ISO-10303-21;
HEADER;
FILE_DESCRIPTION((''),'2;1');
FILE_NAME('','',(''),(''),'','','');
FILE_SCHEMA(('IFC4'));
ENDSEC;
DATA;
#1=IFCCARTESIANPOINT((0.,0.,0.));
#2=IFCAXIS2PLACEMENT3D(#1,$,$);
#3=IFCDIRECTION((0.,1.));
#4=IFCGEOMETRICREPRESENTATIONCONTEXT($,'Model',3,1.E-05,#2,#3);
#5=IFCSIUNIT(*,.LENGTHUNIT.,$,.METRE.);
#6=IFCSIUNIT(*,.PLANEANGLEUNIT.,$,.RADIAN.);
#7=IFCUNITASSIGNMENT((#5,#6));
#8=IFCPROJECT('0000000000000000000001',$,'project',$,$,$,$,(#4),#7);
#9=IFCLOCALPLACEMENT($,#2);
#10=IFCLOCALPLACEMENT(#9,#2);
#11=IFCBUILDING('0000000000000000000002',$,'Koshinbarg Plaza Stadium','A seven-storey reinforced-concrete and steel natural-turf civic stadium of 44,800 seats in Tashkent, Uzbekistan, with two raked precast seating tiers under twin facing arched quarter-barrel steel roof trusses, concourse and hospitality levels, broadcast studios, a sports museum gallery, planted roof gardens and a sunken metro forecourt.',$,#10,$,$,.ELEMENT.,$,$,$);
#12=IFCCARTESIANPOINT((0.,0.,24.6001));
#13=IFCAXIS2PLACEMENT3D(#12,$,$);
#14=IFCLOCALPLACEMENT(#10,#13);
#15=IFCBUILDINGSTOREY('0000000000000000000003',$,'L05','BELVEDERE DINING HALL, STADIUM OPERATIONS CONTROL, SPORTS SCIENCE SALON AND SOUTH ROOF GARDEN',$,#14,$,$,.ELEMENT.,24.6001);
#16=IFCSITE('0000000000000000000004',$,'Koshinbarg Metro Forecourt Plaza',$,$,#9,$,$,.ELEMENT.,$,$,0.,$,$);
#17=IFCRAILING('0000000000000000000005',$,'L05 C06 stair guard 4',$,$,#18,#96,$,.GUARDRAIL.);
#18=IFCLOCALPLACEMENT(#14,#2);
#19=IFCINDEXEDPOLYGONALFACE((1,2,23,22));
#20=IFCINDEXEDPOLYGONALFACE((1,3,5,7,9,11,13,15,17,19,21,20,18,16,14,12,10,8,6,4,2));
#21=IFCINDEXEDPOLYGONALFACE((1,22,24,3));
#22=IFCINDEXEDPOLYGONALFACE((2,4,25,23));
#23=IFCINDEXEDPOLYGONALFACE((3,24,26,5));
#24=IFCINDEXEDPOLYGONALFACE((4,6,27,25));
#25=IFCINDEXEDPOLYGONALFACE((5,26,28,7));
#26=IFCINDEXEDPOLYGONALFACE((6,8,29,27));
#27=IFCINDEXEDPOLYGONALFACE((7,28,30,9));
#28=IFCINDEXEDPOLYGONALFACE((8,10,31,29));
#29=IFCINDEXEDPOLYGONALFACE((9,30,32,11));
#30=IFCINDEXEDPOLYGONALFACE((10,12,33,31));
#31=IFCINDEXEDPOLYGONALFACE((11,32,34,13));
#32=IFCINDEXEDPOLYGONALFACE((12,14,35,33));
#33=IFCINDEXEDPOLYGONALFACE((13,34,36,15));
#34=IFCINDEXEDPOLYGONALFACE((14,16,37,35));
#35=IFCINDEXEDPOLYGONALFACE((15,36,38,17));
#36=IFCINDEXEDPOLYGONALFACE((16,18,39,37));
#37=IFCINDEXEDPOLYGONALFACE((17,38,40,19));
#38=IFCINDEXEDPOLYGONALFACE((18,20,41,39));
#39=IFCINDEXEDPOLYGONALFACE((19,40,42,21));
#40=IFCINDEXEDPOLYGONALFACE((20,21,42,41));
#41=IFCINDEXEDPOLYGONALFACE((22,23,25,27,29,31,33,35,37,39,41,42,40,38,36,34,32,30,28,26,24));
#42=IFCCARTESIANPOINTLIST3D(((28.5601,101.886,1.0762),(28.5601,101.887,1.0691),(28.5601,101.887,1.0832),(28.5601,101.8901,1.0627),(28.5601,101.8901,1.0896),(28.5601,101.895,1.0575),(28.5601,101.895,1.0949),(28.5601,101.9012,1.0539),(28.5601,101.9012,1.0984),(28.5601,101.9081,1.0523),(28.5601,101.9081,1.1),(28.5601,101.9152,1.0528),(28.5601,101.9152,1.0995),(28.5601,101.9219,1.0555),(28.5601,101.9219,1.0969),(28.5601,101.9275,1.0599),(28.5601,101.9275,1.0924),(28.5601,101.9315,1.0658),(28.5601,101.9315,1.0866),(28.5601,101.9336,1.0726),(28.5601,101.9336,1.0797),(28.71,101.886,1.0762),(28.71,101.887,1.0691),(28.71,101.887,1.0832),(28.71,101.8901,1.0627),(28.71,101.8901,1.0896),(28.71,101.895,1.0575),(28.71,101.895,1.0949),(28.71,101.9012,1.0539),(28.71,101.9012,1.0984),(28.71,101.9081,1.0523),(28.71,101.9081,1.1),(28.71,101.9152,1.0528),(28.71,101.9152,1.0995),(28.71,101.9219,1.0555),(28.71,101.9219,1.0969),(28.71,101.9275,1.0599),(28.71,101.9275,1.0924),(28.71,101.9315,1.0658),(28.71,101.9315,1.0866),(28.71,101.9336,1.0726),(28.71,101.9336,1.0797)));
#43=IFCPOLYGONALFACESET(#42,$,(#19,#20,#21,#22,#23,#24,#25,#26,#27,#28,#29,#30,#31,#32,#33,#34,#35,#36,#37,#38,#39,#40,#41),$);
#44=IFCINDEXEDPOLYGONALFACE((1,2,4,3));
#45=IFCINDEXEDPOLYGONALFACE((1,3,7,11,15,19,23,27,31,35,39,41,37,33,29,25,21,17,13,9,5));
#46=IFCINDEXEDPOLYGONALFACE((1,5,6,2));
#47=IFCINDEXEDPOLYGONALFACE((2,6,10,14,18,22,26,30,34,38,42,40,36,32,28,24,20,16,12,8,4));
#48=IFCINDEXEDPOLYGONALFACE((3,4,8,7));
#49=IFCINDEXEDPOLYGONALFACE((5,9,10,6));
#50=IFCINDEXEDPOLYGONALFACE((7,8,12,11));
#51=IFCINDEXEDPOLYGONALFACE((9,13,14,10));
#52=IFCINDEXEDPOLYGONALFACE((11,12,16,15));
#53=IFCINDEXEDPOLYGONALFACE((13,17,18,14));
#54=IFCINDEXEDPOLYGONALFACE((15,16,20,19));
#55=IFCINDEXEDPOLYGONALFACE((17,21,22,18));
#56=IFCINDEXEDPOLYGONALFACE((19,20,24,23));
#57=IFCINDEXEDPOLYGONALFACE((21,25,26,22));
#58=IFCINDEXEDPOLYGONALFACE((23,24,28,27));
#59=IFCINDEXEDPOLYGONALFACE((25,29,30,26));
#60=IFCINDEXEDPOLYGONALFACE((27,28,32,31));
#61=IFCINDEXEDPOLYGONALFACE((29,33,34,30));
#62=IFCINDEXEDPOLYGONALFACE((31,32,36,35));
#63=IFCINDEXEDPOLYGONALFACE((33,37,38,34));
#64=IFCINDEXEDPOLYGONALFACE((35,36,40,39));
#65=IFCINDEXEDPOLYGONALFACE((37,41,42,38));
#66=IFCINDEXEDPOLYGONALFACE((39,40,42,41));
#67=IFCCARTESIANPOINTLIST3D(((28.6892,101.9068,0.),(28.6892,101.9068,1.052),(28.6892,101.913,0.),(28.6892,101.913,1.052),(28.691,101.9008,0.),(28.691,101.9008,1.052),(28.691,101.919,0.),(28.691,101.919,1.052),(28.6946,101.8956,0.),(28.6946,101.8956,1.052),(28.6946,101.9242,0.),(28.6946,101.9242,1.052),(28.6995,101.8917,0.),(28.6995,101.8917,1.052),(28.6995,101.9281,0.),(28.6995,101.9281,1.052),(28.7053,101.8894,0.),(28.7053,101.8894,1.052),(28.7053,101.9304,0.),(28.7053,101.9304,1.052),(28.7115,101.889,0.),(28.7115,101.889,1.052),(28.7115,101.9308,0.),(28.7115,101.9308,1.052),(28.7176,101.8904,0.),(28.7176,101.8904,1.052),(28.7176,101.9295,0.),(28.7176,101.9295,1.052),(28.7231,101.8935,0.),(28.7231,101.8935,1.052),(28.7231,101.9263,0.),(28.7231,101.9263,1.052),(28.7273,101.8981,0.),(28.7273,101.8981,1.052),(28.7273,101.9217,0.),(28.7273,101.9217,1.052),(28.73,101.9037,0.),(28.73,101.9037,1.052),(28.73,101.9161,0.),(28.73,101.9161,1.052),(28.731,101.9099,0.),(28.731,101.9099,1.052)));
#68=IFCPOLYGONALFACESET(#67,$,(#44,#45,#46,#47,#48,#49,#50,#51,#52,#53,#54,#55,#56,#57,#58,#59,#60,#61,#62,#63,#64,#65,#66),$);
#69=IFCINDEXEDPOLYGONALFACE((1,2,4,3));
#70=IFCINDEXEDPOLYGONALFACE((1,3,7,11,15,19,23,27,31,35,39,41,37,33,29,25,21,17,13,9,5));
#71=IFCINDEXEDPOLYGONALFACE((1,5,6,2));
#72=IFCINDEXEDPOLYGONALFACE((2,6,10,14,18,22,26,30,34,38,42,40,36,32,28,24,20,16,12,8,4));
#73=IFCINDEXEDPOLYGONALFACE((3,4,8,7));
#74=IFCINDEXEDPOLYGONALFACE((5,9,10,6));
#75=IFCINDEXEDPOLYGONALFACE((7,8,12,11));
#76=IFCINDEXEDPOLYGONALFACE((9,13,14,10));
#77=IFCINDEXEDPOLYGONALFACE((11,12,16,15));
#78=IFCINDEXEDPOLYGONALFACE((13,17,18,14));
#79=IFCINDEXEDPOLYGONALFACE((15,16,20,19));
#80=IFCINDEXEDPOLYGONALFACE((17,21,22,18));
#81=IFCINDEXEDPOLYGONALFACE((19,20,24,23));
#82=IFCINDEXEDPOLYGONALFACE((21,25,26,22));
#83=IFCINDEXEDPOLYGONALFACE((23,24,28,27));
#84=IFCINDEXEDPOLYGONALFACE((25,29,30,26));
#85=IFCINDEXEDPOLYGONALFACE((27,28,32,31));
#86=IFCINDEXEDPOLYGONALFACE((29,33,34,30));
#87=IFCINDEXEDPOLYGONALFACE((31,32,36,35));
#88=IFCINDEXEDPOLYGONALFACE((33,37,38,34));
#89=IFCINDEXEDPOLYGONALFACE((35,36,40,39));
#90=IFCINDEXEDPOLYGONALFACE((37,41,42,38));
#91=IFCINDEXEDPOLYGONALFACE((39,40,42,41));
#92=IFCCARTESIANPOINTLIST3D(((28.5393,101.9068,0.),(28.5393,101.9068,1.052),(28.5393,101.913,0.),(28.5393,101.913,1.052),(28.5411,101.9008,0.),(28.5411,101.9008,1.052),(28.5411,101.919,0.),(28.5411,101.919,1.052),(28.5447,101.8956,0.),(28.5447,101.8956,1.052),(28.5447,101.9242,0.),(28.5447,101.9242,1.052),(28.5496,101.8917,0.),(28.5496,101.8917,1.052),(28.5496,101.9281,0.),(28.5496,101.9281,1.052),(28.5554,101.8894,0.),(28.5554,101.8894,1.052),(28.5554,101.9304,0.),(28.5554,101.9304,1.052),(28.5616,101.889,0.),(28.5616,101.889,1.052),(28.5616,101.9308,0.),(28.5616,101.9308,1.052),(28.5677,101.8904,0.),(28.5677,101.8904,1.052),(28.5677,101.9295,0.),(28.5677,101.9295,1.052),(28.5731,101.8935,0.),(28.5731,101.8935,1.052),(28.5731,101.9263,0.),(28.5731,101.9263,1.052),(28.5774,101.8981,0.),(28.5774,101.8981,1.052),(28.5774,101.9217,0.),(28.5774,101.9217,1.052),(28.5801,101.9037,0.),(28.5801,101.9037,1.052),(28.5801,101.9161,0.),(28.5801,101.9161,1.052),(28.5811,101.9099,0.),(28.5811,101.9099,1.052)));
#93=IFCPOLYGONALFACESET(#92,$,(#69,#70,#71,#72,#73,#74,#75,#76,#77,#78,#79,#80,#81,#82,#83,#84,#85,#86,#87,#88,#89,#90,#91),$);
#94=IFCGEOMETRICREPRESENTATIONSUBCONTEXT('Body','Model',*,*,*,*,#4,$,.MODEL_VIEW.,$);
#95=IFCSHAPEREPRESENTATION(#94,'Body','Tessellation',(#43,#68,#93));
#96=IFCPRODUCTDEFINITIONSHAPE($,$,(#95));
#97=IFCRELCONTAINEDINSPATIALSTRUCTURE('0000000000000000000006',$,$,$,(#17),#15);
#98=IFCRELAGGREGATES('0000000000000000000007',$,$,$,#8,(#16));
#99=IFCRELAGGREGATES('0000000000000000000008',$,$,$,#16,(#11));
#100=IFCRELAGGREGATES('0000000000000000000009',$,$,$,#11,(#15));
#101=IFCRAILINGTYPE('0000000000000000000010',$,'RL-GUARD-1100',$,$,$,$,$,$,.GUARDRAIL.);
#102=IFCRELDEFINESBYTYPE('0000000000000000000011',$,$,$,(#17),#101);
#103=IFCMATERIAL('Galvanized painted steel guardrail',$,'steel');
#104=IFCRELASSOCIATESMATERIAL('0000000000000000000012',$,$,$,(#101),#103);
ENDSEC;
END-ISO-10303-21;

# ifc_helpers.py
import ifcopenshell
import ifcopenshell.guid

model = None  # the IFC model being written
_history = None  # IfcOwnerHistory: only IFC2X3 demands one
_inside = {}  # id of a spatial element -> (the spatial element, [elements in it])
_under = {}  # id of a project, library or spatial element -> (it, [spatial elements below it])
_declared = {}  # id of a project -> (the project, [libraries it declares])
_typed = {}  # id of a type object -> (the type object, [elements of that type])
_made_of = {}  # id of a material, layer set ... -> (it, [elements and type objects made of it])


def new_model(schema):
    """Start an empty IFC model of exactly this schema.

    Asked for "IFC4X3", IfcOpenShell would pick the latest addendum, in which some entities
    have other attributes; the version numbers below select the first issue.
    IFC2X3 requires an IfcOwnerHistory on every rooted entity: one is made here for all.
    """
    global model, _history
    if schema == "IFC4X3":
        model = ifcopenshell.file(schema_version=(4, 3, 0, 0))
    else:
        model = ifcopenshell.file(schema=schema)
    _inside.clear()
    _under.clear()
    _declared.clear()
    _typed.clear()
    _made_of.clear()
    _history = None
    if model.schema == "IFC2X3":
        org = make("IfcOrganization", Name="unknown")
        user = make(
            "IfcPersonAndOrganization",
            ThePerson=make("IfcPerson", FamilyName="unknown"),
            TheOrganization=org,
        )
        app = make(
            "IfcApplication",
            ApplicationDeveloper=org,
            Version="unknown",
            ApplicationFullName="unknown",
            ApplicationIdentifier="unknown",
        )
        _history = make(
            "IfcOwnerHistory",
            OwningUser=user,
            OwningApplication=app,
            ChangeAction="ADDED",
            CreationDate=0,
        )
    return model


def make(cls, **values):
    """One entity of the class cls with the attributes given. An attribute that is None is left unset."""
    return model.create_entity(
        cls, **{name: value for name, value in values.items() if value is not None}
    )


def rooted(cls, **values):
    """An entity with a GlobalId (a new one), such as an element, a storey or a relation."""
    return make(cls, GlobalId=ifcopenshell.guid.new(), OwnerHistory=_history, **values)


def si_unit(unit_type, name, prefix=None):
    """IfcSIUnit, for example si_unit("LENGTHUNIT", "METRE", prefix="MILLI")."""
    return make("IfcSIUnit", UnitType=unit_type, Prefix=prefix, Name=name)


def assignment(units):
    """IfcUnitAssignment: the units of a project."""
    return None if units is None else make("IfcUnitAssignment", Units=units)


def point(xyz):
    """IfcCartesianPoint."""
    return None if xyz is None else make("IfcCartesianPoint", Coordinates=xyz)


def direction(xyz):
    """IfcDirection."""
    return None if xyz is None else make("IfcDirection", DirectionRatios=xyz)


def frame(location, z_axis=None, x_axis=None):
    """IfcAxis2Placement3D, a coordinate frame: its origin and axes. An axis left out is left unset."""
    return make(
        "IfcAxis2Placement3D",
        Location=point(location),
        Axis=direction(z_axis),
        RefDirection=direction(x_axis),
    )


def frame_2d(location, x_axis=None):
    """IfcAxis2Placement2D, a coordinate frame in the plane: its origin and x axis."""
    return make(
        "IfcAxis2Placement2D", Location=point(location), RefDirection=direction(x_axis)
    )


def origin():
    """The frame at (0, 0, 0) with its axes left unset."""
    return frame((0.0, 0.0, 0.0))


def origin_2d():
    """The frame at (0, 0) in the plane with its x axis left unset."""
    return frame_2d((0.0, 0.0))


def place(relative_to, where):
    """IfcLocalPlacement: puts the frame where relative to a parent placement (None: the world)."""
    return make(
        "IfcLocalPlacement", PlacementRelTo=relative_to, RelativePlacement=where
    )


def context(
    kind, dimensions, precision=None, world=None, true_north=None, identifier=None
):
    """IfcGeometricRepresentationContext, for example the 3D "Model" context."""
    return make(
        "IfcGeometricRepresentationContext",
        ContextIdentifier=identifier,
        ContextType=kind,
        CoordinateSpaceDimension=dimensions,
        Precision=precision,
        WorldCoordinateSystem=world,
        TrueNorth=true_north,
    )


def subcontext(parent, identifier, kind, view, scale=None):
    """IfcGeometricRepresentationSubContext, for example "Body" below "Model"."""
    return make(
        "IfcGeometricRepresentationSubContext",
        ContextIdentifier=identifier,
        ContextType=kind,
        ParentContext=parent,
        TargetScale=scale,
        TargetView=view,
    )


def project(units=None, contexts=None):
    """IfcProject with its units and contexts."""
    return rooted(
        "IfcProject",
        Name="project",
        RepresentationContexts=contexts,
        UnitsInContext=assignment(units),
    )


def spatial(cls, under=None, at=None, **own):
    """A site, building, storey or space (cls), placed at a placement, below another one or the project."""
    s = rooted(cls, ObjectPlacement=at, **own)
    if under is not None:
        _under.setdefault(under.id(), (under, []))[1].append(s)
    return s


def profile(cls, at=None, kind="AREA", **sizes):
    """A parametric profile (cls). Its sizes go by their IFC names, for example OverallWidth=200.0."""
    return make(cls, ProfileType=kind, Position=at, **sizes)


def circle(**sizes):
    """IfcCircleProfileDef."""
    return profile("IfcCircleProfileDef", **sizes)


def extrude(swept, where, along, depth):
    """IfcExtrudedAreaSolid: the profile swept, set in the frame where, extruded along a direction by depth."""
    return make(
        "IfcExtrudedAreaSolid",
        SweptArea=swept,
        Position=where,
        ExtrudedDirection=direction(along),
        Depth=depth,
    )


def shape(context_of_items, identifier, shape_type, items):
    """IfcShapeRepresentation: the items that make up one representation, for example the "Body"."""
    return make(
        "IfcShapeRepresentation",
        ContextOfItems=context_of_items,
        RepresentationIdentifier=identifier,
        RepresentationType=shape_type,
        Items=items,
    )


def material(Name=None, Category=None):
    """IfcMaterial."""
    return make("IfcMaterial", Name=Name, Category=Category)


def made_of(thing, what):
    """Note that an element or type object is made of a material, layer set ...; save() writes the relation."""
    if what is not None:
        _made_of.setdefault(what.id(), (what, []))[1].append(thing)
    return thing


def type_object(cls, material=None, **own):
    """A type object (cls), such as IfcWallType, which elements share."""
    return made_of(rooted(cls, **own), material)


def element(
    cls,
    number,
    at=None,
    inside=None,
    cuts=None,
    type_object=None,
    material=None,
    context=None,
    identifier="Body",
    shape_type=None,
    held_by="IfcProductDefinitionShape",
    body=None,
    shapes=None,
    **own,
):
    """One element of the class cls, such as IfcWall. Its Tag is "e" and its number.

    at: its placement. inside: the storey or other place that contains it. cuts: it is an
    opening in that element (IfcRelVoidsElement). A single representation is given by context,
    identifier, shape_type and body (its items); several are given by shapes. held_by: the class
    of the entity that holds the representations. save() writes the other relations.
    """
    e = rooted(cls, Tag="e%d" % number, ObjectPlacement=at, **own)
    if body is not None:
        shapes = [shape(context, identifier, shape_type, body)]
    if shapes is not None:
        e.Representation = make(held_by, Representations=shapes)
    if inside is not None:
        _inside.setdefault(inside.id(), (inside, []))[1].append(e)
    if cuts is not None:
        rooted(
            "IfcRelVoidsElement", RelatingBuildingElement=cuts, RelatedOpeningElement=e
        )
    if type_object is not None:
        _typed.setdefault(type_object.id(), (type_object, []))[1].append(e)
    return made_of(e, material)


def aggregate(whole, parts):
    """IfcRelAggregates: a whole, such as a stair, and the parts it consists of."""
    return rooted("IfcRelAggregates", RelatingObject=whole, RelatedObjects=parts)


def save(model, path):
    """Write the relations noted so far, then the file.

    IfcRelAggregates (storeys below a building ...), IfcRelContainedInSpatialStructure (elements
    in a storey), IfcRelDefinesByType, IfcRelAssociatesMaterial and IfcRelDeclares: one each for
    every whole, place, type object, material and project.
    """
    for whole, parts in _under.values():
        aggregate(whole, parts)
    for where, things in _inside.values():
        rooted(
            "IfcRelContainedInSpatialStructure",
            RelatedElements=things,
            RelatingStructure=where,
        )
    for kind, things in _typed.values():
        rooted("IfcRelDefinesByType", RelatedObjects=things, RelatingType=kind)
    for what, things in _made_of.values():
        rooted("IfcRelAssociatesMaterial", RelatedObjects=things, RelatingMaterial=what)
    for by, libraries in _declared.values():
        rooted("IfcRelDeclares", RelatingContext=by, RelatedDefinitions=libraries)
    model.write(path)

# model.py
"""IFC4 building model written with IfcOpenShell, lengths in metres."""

from ifc_helpers import new_model, si_unit, direction, frame, origin, origin_2d, place, context, subcontext, project, spatial, circle, extrude, material, type_object, element, save


model = new_model("IFC4")

# Units and contexts
model_context = context("Model", 3, precision=1e-05, world=origin(), true_north=direction((0.0, 1.0)))
body_context = subcontext(model_context, "Body", "Model", "MODEL_VIEW")
ifc_project = project(units=[si_unit("LENGTHUNIT", "METRE"), si_unit("PLANEANGLEUNIT", "RADIAN")], contexts=[model_context])

# Site, building, storey
site_placement = place(None, origin())
site = spatial("IfcSite", under=ifc_project, at=site_placement, Name="Koshinbarg Metro Forecourt Plaza", CompositionType="ELEMENT", RefElevation=0.0)
building_placement = place(site_placement, origin())
building = spatial("IfcBuilding", under=site, at=building_placement, Name="Koshinbarg Plaza Stadium", Description="A seven-storey reinforced-concrete and steel natural-turf civic stadium of 44,800 seats in Tashkent, Uzbekistan, with two raked precast seating tiers under twin facing arched quarter-barrel steel roof trusses, concourse and hospitality levels, broadcast studios, a sports museum gallery, planted roof gardens and a sunken metro forecourt.", CompositionType="ELEMENT")
storey_placement = place(building_placement, frame((0.0, 0.0, 24.6001)))
storey = spatial("IfcBuildingStorey", under=building, at=storey_placement, Name="L05", Description="BELVEDERE DINING HALL, STADIUM OPERATIONS CONTROL, SPORTS SCIENCE SALON AND SOUTH ROOF GARDEN", CompositionType="ELEMENT", Elevation=24.6001)

# Railing
ifc_material_1 = material(Name="Galvanized painted steel guardrail", Category="steel")
railing_type_1 = type_object("IfcRailingType", Name="RL-GUARD-1100", PredefinedType="GUARDRAIL", material=ifc_material_1)
railing_1_placement = place(storey_placement, frame((28.71, 101.9099, 0.0)))
element("IfcRailing", 1, at=railing_1_placement, inside=storey, type_object=railing_type_1, Name="L05 C06 stair guard 4", PredefinedType="GUARDRAIL", context=body_context, shape_type="SweptSolid", body=[
    extrude(circle(Radius=0.0239, at=origin_2d()), frame((0.0, 0.0, 1.0762), z_axis=(-1.0, 0.0, 0.0), x_axis=(0.0, -1.0, 0.0)), (0.0, 0.0, 1.0), 0.1499),
    extrude(circle(Radius=0.021, at=origin_2d()), origin(), (0.0, 0.0, 1.0), 1.052),
    extrude(circle(Radius=0.021, at=origin_2d()), frame((-0.1499, 0.0, 0.0)), (0.0, 0.0, 1.0), 1.052),
])

save(model, "model.ifc")
